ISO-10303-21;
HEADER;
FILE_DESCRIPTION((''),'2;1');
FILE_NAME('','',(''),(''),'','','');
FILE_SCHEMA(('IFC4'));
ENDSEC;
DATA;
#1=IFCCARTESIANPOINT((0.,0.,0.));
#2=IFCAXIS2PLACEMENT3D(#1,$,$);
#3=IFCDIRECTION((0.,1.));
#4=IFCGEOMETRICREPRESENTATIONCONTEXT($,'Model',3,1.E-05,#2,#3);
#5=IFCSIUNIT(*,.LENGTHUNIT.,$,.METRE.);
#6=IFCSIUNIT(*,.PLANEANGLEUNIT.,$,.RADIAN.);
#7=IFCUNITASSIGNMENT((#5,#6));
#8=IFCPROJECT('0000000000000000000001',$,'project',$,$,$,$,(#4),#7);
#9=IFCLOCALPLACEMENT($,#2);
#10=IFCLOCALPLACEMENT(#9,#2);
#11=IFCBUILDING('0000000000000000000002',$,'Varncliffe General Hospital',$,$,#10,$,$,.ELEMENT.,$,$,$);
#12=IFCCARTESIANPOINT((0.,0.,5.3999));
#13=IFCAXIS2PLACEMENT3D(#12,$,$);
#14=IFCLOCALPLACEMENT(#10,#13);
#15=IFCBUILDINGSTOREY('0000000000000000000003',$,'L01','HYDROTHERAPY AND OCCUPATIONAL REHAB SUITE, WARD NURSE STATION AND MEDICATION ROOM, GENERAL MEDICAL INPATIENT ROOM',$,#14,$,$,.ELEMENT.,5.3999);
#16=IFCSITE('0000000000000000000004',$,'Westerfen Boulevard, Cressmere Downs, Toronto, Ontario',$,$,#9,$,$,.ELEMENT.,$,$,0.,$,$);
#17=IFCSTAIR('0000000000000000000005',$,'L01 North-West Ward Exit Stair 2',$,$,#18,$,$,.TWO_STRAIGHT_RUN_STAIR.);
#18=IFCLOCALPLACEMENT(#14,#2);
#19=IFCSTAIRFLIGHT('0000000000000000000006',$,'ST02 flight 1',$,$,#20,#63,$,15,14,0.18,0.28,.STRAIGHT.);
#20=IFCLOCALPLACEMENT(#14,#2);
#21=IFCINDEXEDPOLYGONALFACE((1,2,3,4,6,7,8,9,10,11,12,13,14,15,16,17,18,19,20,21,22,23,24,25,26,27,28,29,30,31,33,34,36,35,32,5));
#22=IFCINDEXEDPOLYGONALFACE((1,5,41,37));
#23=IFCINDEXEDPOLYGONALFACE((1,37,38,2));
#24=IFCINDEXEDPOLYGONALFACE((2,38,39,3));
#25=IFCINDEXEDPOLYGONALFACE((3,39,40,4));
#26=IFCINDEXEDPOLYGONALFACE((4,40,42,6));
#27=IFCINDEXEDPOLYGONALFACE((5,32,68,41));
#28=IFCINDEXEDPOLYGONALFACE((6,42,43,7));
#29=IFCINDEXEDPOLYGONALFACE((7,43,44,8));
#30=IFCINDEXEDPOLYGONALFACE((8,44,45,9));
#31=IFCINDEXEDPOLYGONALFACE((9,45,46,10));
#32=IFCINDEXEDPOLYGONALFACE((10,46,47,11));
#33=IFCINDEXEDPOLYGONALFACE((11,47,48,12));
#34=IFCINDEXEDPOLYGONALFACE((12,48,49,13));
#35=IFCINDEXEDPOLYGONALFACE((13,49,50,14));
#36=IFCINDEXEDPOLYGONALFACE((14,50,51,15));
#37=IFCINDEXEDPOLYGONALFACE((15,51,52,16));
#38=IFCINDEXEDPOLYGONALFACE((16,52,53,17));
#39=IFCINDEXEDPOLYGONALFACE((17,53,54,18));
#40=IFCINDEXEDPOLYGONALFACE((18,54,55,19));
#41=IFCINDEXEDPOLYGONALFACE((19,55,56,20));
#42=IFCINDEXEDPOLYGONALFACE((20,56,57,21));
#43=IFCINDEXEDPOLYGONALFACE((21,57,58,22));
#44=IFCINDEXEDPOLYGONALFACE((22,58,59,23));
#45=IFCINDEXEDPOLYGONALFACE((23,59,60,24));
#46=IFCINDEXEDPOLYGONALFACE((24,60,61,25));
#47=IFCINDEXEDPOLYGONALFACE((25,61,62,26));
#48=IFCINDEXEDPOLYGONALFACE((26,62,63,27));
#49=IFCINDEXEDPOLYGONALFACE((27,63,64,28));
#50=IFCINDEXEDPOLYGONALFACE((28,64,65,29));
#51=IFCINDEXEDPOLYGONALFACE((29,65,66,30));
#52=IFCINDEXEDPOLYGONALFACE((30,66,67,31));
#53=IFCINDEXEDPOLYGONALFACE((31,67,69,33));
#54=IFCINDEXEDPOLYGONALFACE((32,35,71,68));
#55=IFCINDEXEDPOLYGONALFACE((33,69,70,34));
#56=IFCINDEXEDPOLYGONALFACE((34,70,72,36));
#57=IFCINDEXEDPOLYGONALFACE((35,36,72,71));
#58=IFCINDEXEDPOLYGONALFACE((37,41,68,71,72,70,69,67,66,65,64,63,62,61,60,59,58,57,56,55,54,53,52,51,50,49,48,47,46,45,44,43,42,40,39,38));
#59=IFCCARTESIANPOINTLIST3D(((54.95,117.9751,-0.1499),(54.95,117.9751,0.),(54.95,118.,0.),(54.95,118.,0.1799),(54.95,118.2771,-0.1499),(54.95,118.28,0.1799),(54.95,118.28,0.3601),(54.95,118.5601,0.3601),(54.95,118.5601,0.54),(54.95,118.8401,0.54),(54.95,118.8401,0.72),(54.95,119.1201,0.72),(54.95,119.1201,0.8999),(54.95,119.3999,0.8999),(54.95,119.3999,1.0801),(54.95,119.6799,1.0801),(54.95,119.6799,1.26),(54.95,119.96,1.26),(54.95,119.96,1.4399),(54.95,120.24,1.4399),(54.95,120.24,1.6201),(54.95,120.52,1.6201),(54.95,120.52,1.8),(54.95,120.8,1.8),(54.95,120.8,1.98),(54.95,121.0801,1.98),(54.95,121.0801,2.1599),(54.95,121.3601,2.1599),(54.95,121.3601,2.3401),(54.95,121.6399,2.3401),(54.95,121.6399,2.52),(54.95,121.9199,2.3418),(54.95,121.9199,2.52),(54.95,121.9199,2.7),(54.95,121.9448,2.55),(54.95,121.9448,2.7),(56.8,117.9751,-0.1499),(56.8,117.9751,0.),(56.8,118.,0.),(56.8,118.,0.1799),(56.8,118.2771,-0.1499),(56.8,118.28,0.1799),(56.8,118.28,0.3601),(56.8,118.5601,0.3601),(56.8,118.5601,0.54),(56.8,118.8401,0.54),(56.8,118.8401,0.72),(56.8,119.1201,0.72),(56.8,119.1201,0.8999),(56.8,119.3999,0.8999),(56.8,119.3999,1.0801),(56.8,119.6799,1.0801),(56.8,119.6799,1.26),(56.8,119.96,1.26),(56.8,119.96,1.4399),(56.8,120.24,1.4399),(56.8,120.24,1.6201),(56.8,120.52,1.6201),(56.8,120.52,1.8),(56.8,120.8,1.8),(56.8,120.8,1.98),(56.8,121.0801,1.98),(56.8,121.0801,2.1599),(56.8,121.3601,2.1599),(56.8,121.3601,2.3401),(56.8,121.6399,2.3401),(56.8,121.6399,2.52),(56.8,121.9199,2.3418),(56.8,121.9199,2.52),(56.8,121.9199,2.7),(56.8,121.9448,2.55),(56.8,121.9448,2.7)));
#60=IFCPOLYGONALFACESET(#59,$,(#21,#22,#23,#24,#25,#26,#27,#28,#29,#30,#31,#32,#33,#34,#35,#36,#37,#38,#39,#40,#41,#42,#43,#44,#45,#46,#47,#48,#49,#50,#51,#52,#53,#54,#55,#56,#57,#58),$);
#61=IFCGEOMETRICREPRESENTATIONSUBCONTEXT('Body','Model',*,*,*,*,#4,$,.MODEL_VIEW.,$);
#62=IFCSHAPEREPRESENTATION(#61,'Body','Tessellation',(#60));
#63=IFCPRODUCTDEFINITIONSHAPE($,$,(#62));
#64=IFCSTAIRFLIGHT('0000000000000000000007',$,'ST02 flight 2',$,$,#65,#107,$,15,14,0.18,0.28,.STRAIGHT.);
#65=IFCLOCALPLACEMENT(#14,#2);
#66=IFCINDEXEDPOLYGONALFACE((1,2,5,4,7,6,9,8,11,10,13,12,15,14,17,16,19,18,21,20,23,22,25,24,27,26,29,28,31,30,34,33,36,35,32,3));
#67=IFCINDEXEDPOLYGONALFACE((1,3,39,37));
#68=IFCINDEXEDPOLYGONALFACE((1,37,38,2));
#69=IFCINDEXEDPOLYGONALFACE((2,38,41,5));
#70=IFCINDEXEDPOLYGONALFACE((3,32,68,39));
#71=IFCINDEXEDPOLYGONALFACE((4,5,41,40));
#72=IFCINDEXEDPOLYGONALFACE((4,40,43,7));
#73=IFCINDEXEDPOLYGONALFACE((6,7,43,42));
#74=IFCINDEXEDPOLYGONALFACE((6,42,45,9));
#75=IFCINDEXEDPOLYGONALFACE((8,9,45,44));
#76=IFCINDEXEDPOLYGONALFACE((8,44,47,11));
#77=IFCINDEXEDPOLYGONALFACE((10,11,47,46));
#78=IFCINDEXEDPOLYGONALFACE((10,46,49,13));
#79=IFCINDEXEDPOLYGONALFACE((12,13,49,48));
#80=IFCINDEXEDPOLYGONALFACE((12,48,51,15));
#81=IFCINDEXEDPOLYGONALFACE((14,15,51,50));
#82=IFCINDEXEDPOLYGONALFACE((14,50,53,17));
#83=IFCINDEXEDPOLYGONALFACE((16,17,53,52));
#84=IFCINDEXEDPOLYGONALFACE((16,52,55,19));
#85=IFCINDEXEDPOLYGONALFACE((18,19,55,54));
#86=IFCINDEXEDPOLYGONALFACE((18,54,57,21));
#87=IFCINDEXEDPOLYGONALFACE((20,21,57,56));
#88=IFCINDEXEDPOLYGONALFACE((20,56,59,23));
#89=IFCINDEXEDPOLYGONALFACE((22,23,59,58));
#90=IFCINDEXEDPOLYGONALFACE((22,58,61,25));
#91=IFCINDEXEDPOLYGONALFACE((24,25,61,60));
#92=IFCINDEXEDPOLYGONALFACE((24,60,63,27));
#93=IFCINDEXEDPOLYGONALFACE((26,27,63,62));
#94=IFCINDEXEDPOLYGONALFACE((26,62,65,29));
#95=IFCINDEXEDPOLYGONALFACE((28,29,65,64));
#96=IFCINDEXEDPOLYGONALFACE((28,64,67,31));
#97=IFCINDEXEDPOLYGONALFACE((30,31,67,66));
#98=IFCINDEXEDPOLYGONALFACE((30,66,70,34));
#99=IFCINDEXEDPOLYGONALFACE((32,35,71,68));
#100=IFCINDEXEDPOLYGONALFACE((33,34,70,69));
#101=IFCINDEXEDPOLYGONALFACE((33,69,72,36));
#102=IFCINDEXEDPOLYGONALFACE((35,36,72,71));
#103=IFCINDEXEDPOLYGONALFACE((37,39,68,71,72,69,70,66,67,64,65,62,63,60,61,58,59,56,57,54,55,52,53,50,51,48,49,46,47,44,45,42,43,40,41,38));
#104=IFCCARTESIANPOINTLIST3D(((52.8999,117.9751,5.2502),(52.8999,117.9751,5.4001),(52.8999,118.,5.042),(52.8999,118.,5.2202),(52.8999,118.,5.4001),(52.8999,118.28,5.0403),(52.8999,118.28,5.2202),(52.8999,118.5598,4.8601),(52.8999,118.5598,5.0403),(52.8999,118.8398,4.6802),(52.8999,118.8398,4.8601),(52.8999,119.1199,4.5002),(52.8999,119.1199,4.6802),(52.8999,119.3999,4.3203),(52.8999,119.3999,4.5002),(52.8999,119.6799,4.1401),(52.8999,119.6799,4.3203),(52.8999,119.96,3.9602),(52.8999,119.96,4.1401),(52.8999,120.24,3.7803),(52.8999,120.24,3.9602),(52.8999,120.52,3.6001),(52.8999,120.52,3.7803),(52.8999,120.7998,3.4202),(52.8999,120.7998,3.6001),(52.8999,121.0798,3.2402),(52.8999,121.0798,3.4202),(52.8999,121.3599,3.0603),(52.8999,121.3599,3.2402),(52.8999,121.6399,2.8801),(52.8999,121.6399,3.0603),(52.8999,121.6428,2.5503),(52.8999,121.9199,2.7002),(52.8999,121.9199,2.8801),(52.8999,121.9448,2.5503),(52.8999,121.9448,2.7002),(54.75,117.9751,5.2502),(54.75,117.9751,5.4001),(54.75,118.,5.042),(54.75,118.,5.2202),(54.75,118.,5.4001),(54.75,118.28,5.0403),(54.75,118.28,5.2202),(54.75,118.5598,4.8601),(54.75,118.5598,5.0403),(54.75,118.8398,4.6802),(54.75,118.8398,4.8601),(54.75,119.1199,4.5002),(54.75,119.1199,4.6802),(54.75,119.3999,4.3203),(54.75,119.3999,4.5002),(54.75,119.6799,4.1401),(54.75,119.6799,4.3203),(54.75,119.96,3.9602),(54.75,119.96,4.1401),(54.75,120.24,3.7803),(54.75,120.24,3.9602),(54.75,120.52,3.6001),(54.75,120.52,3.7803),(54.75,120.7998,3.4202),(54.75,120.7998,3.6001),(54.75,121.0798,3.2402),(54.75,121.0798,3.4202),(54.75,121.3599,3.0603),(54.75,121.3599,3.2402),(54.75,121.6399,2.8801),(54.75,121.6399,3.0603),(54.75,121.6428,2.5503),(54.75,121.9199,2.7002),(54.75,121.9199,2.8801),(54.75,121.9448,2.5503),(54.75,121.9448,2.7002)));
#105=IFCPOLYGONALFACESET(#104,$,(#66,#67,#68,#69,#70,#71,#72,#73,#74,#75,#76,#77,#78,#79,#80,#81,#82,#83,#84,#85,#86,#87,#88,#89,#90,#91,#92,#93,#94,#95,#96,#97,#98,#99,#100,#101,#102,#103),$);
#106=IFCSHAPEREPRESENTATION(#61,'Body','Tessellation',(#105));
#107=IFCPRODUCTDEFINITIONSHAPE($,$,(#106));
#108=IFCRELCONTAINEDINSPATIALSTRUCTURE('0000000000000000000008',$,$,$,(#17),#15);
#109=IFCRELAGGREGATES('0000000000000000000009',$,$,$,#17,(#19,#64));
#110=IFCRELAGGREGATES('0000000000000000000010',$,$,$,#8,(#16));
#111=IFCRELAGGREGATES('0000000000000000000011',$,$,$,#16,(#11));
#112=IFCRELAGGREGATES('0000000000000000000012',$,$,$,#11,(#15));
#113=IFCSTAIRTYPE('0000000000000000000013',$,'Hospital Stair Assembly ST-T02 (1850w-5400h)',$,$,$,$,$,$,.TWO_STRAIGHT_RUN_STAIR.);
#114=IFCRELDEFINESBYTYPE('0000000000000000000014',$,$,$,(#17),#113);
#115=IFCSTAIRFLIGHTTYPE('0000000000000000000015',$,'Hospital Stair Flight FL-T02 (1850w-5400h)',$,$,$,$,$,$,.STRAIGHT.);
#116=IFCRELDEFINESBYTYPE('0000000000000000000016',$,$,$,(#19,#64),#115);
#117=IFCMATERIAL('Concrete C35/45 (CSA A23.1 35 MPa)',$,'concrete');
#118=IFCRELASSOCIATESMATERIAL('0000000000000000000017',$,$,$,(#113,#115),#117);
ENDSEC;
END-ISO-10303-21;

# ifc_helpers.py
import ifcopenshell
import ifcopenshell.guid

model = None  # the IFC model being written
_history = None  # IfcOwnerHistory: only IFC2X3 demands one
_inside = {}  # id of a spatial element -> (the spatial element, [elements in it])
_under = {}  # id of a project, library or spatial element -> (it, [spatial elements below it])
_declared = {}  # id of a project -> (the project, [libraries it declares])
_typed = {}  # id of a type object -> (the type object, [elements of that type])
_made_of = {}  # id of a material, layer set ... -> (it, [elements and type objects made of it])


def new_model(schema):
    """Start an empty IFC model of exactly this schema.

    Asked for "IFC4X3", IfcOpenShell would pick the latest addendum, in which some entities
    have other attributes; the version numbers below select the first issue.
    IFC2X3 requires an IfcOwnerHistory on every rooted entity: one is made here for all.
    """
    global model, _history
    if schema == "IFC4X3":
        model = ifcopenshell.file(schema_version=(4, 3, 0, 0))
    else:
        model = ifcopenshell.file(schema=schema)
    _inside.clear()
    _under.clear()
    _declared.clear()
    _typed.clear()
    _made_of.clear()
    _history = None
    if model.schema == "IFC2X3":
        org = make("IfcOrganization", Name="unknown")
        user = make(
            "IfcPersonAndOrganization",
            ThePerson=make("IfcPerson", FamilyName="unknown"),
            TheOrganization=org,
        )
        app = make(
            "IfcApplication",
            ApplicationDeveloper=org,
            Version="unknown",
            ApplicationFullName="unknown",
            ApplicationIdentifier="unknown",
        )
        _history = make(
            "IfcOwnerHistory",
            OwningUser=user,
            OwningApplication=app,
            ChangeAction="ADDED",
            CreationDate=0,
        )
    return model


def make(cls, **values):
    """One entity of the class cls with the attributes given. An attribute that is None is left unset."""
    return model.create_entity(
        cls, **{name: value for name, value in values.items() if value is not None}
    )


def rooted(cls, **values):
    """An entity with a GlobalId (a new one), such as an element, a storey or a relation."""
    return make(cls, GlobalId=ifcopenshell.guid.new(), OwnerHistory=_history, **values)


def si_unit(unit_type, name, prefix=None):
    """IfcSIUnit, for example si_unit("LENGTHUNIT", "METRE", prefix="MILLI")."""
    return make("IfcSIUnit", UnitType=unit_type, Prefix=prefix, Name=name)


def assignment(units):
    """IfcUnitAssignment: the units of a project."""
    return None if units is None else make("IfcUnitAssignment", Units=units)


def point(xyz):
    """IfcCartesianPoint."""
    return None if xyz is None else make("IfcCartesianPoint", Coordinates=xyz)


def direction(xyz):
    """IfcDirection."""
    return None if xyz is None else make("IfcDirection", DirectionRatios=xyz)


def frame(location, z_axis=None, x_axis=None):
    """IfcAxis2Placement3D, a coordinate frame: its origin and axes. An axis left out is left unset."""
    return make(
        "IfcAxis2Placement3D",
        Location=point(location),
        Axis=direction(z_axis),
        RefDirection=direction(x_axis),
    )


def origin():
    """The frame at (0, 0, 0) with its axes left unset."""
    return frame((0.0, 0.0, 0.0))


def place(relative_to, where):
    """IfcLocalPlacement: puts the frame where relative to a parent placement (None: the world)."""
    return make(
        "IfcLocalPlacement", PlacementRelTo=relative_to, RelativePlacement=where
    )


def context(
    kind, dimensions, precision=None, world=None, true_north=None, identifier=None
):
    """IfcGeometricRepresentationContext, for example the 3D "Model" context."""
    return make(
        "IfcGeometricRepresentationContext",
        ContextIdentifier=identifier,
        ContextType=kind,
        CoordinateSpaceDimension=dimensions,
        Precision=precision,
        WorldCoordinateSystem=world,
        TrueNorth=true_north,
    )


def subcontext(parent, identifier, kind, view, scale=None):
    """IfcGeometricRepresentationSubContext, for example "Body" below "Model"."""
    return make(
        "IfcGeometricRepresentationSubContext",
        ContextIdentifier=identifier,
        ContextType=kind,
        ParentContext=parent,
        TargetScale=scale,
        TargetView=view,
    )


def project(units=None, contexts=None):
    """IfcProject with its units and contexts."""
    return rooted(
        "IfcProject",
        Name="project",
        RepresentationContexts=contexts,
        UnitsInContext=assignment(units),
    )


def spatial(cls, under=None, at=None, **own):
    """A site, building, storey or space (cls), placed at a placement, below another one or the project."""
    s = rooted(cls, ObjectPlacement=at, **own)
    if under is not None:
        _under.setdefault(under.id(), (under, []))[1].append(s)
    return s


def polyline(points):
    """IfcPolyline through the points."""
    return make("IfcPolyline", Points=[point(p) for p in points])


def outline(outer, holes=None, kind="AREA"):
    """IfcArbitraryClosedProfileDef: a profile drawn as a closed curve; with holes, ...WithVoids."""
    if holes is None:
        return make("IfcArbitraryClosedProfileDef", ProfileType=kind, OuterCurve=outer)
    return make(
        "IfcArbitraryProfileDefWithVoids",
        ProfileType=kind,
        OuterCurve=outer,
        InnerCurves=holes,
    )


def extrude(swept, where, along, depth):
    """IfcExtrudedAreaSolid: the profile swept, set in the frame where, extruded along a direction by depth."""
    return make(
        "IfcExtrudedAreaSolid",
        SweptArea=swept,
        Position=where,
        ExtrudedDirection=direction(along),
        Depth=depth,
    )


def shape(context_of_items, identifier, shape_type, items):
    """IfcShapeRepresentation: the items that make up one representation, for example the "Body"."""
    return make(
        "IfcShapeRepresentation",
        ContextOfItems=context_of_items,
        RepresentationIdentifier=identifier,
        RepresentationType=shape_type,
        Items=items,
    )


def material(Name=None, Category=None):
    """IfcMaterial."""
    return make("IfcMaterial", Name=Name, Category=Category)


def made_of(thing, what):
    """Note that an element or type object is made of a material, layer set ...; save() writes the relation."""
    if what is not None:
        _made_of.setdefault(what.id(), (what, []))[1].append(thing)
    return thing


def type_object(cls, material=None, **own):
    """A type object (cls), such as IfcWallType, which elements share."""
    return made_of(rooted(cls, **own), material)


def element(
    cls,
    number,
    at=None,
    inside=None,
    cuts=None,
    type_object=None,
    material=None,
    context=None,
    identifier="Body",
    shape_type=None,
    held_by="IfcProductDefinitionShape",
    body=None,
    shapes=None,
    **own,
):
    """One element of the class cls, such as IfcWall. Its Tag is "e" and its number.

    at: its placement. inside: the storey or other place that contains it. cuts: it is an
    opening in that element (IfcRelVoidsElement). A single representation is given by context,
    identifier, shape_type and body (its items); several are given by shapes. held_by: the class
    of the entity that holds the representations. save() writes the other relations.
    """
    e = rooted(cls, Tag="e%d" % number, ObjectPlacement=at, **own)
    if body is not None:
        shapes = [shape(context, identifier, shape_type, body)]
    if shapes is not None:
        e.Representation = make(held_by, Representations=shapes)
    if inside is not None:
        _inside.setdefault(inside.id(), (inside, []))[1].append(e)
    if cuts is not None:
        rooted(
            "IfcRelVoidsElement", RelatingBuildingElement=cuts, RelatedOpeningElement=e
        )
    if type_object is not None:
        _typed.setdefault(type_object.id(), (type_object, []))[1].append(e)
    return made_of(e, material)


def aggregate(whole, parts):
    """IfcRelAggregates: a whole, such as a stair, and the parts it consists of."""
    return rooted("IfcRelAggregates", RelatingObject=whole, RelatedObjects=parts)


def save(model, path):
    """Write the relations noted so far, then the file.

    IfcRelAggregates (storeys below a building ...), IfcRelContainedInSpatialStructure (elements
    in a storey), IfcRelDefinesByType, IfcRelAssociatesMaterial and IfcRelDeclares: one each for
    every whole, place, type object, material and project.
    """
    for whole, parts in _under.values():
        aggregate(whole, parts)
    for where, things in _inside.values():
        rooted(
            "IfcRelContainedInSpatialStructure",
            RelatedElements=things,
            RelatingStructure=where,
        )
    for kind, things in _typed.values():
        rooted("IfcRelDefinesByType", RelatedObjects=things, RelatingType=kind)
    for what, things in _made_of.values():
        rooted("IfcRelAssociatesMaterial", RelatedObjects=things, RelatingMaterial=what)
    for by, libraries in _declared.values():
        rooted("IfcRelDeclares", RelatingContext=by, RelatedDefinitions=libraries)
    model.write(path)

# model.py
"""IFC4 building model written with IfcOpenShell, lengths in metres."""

from ifc_helpers import new_model, si_unit, direction, frame, origin, place, context, subcontext, project, spatial, polyline, outline, extrude, material, type_object, element, aggregate, save


model = new_model("IFC4")

# Units and contexts
model_context = context("Model", 3, precision=1e-05, world=origin(), true_north=direction((0.0, 1.0)))
body_context = subcontext(model_context, "Body", "Model", "MODEL_VIEW")
ifc_project = project(units=[si_unit("LENGTHUNIT", "METRE"), si_unit("PLANEANGLEUNIT", "RADIAN")], contexts=[model_context])

# Site, building, storey
site_placement = place(None, origin())
site = spatial("IfcSite", under=ifc_project, at=site_placement, Name="Westerfen Boulevard, Cressmere Downs, Toronto, Ontario", CompositionType="ELEMENT", RefElevation=0.0)
building_placement = place(site_placement, origin())
building = spatial("IfcBuilding", under=site, at=building_placement, Name="Varncliffe General Hospital", CompositionType="ELEMENT")
storey_placement = place(building_placement, frame((0.0, 0.0, 5.3999)))
storey = spatial("IfcBuildingStorey", under=building, at=storey_placement, Name="L01", Description="HYDROTHERAPY AND OCCUPATIONAL REHAB SUITE, WARD NURSE STATION AND MEDICATION ROOM, GENERAL MEDICAL INPATIENT ROOM", CompositionType="ELEMENT", Elevation=5.3999)

# Shared definitions
ifc_material_1 = material(Name="Concrete C35/45 (CSA A23.1 35 MPa)", Category="concrete")

# Stair, stair flights
stair_type = type_object("IfcStairType", Name="Hospital Stair Assembly ST-T02 (1850w-5400h)", PredefinedType="TWO_STRAIGHT_RUN_STAIR", material=ifc_material_1)
stair_placement = place(storey_placement, origin())
stair = element("IfcStair", 1, at=stair_placement, inside=storey, type_object=stair_type, Name="L01 North-West Ward Exit Stair 2", PredefinedType="TWO_STRAIGHT_RUN_STAIR")
stair_flight_type = type_object("IfcStairFlightType", Name="Hospital Stair Flight FL-T02 (1850w-5400h)", PredefinedType="STRAIGHT", material=ifc_material_1)
stair_flight_1_placement = place(storey_placement, frame((55.875, 118.0, 0.0), z_axis=(0.0, 0.0, 1.0), x_axis=(0.0, 1.0, 0.0)))
stair_flight_1 = element("IfcStairFlight", 2, at=stair_flight_1_placement, type_object=stair_flight_type, Name="ST02 flight 1", NumberOfRisers=15, NumberOfTreads=14, PredefinedType="STRAIGHT", RiserHeight=0.18, TreadLength=0.28, context=body_context, shape_type="SweptSolid", body=[
    extrude(outline(polyline([(-0.0249, -0.1499), (-0.0249, 0.0), (0.0, 0.0), (0.0, 0.1799), (0.28, 0.1799), (0.28, 0.3601), (0.5601, 0.3601), (0.5601, 0.54), (0.8401, 0.54), (0.8401, 0.72), (1.1201, 0.72), (1.1201, 0.8999), (1.3999, 0.8999), (1.3999, 1.0801), (1.6799, 1.0801), (1.6799, 1.26), (1.96, 1.26), (1.96, 1.4399), (2.24, 1.4399), (2.24, 1.6201), (2.52, 1.6201), (2.52, 1.8), (2.8, 1.8), (2.8, 1.98), (3.0801, 1.98), (3.0801, 2.1599), (3.3601, 2.1599), (3.3601, 2.3401), (3.6399, 2.3401), (3.6399, 2.52), (3.9199, 2.52), (3.9199, 2.7), (3.9448, 2.7), (3.9448, 2.55), (3.9199, 2.3418), (0.2771, -0.1499), (-0.0249, -0.1499)])), frame((0.0, 0.925, 0.0), z_axis=(0.0, -1.0, 0.0), x_axis=(1.0, 0.0, 0.0)), (0.0, 0.0, 1.0), 1.8501),
])
stair_flight_2_placement = place(storey_placement, frame((53.825, 121.9199, 2.7002), z_axis=(0.0, 0.0, 1.0), x_axis=(0.0, -1.0, 0.0)))
stair_flight_2 = element("IfcStairFlight", 3, at=stair_flight_2_placement, type_object=stair_flight_type, Name="ST02 flight 2", NumberOfRisers=15, NumberOfTreads=14, PredefinedType="STRAIGHT", RiserHeight=0.18, TreadLength=0.28, context=body_context, shape_type="SweptSolid", body=[
    extrude(outline(polyline([(-0.0249, -0.1499), (-0.0249, 0.0), (0.0, 0.0), (0.0, 0.1799), (0.28, 0.1799), (0.28, 0.3601), (0.5601, 0.3601), (0.5601, 0.54), (0.8401, 0.54), (0.8401, 0.72), (1.1201, 0.72), (1.1201, 0.8999), (1.3999, 0.8999), (1.3999, 1.0801), (1.6799, 1.0801), (1.6799, 1.26), (1.96, 1.26), (1.96, 1.4399), (2.24, 1.4399), (2.24, 1.6201), (2.52, 1.6201), (2.52, 1.8), (2.8, 1.8), (2.8, 1.98), (3.0801, 1.98), (3.0801, 2.1599), (3.3601, 2.1599), (3.3601, 2.3401), (3.6399, 2.3401), (3.6399, 2.52), (3.9199, 2.52), (3.9199, 2.7), (3.9448, 2.7), (3.9448, 2.55), (3.9199, 2.3418), (0.2771, -0.1499), (-0.0249, -0.1499)])), frame((0.0, 0.925, 0.0), z_axis=(0.0, -1.0, 0.0), x_axis=(1.0, 0.0, 0.0)), (0.0, 0.0, 1.0), 1.8501),
])
aggregate(stair, [stair_flight_1, stair_flight_2])

save(model, "model.ifc")
